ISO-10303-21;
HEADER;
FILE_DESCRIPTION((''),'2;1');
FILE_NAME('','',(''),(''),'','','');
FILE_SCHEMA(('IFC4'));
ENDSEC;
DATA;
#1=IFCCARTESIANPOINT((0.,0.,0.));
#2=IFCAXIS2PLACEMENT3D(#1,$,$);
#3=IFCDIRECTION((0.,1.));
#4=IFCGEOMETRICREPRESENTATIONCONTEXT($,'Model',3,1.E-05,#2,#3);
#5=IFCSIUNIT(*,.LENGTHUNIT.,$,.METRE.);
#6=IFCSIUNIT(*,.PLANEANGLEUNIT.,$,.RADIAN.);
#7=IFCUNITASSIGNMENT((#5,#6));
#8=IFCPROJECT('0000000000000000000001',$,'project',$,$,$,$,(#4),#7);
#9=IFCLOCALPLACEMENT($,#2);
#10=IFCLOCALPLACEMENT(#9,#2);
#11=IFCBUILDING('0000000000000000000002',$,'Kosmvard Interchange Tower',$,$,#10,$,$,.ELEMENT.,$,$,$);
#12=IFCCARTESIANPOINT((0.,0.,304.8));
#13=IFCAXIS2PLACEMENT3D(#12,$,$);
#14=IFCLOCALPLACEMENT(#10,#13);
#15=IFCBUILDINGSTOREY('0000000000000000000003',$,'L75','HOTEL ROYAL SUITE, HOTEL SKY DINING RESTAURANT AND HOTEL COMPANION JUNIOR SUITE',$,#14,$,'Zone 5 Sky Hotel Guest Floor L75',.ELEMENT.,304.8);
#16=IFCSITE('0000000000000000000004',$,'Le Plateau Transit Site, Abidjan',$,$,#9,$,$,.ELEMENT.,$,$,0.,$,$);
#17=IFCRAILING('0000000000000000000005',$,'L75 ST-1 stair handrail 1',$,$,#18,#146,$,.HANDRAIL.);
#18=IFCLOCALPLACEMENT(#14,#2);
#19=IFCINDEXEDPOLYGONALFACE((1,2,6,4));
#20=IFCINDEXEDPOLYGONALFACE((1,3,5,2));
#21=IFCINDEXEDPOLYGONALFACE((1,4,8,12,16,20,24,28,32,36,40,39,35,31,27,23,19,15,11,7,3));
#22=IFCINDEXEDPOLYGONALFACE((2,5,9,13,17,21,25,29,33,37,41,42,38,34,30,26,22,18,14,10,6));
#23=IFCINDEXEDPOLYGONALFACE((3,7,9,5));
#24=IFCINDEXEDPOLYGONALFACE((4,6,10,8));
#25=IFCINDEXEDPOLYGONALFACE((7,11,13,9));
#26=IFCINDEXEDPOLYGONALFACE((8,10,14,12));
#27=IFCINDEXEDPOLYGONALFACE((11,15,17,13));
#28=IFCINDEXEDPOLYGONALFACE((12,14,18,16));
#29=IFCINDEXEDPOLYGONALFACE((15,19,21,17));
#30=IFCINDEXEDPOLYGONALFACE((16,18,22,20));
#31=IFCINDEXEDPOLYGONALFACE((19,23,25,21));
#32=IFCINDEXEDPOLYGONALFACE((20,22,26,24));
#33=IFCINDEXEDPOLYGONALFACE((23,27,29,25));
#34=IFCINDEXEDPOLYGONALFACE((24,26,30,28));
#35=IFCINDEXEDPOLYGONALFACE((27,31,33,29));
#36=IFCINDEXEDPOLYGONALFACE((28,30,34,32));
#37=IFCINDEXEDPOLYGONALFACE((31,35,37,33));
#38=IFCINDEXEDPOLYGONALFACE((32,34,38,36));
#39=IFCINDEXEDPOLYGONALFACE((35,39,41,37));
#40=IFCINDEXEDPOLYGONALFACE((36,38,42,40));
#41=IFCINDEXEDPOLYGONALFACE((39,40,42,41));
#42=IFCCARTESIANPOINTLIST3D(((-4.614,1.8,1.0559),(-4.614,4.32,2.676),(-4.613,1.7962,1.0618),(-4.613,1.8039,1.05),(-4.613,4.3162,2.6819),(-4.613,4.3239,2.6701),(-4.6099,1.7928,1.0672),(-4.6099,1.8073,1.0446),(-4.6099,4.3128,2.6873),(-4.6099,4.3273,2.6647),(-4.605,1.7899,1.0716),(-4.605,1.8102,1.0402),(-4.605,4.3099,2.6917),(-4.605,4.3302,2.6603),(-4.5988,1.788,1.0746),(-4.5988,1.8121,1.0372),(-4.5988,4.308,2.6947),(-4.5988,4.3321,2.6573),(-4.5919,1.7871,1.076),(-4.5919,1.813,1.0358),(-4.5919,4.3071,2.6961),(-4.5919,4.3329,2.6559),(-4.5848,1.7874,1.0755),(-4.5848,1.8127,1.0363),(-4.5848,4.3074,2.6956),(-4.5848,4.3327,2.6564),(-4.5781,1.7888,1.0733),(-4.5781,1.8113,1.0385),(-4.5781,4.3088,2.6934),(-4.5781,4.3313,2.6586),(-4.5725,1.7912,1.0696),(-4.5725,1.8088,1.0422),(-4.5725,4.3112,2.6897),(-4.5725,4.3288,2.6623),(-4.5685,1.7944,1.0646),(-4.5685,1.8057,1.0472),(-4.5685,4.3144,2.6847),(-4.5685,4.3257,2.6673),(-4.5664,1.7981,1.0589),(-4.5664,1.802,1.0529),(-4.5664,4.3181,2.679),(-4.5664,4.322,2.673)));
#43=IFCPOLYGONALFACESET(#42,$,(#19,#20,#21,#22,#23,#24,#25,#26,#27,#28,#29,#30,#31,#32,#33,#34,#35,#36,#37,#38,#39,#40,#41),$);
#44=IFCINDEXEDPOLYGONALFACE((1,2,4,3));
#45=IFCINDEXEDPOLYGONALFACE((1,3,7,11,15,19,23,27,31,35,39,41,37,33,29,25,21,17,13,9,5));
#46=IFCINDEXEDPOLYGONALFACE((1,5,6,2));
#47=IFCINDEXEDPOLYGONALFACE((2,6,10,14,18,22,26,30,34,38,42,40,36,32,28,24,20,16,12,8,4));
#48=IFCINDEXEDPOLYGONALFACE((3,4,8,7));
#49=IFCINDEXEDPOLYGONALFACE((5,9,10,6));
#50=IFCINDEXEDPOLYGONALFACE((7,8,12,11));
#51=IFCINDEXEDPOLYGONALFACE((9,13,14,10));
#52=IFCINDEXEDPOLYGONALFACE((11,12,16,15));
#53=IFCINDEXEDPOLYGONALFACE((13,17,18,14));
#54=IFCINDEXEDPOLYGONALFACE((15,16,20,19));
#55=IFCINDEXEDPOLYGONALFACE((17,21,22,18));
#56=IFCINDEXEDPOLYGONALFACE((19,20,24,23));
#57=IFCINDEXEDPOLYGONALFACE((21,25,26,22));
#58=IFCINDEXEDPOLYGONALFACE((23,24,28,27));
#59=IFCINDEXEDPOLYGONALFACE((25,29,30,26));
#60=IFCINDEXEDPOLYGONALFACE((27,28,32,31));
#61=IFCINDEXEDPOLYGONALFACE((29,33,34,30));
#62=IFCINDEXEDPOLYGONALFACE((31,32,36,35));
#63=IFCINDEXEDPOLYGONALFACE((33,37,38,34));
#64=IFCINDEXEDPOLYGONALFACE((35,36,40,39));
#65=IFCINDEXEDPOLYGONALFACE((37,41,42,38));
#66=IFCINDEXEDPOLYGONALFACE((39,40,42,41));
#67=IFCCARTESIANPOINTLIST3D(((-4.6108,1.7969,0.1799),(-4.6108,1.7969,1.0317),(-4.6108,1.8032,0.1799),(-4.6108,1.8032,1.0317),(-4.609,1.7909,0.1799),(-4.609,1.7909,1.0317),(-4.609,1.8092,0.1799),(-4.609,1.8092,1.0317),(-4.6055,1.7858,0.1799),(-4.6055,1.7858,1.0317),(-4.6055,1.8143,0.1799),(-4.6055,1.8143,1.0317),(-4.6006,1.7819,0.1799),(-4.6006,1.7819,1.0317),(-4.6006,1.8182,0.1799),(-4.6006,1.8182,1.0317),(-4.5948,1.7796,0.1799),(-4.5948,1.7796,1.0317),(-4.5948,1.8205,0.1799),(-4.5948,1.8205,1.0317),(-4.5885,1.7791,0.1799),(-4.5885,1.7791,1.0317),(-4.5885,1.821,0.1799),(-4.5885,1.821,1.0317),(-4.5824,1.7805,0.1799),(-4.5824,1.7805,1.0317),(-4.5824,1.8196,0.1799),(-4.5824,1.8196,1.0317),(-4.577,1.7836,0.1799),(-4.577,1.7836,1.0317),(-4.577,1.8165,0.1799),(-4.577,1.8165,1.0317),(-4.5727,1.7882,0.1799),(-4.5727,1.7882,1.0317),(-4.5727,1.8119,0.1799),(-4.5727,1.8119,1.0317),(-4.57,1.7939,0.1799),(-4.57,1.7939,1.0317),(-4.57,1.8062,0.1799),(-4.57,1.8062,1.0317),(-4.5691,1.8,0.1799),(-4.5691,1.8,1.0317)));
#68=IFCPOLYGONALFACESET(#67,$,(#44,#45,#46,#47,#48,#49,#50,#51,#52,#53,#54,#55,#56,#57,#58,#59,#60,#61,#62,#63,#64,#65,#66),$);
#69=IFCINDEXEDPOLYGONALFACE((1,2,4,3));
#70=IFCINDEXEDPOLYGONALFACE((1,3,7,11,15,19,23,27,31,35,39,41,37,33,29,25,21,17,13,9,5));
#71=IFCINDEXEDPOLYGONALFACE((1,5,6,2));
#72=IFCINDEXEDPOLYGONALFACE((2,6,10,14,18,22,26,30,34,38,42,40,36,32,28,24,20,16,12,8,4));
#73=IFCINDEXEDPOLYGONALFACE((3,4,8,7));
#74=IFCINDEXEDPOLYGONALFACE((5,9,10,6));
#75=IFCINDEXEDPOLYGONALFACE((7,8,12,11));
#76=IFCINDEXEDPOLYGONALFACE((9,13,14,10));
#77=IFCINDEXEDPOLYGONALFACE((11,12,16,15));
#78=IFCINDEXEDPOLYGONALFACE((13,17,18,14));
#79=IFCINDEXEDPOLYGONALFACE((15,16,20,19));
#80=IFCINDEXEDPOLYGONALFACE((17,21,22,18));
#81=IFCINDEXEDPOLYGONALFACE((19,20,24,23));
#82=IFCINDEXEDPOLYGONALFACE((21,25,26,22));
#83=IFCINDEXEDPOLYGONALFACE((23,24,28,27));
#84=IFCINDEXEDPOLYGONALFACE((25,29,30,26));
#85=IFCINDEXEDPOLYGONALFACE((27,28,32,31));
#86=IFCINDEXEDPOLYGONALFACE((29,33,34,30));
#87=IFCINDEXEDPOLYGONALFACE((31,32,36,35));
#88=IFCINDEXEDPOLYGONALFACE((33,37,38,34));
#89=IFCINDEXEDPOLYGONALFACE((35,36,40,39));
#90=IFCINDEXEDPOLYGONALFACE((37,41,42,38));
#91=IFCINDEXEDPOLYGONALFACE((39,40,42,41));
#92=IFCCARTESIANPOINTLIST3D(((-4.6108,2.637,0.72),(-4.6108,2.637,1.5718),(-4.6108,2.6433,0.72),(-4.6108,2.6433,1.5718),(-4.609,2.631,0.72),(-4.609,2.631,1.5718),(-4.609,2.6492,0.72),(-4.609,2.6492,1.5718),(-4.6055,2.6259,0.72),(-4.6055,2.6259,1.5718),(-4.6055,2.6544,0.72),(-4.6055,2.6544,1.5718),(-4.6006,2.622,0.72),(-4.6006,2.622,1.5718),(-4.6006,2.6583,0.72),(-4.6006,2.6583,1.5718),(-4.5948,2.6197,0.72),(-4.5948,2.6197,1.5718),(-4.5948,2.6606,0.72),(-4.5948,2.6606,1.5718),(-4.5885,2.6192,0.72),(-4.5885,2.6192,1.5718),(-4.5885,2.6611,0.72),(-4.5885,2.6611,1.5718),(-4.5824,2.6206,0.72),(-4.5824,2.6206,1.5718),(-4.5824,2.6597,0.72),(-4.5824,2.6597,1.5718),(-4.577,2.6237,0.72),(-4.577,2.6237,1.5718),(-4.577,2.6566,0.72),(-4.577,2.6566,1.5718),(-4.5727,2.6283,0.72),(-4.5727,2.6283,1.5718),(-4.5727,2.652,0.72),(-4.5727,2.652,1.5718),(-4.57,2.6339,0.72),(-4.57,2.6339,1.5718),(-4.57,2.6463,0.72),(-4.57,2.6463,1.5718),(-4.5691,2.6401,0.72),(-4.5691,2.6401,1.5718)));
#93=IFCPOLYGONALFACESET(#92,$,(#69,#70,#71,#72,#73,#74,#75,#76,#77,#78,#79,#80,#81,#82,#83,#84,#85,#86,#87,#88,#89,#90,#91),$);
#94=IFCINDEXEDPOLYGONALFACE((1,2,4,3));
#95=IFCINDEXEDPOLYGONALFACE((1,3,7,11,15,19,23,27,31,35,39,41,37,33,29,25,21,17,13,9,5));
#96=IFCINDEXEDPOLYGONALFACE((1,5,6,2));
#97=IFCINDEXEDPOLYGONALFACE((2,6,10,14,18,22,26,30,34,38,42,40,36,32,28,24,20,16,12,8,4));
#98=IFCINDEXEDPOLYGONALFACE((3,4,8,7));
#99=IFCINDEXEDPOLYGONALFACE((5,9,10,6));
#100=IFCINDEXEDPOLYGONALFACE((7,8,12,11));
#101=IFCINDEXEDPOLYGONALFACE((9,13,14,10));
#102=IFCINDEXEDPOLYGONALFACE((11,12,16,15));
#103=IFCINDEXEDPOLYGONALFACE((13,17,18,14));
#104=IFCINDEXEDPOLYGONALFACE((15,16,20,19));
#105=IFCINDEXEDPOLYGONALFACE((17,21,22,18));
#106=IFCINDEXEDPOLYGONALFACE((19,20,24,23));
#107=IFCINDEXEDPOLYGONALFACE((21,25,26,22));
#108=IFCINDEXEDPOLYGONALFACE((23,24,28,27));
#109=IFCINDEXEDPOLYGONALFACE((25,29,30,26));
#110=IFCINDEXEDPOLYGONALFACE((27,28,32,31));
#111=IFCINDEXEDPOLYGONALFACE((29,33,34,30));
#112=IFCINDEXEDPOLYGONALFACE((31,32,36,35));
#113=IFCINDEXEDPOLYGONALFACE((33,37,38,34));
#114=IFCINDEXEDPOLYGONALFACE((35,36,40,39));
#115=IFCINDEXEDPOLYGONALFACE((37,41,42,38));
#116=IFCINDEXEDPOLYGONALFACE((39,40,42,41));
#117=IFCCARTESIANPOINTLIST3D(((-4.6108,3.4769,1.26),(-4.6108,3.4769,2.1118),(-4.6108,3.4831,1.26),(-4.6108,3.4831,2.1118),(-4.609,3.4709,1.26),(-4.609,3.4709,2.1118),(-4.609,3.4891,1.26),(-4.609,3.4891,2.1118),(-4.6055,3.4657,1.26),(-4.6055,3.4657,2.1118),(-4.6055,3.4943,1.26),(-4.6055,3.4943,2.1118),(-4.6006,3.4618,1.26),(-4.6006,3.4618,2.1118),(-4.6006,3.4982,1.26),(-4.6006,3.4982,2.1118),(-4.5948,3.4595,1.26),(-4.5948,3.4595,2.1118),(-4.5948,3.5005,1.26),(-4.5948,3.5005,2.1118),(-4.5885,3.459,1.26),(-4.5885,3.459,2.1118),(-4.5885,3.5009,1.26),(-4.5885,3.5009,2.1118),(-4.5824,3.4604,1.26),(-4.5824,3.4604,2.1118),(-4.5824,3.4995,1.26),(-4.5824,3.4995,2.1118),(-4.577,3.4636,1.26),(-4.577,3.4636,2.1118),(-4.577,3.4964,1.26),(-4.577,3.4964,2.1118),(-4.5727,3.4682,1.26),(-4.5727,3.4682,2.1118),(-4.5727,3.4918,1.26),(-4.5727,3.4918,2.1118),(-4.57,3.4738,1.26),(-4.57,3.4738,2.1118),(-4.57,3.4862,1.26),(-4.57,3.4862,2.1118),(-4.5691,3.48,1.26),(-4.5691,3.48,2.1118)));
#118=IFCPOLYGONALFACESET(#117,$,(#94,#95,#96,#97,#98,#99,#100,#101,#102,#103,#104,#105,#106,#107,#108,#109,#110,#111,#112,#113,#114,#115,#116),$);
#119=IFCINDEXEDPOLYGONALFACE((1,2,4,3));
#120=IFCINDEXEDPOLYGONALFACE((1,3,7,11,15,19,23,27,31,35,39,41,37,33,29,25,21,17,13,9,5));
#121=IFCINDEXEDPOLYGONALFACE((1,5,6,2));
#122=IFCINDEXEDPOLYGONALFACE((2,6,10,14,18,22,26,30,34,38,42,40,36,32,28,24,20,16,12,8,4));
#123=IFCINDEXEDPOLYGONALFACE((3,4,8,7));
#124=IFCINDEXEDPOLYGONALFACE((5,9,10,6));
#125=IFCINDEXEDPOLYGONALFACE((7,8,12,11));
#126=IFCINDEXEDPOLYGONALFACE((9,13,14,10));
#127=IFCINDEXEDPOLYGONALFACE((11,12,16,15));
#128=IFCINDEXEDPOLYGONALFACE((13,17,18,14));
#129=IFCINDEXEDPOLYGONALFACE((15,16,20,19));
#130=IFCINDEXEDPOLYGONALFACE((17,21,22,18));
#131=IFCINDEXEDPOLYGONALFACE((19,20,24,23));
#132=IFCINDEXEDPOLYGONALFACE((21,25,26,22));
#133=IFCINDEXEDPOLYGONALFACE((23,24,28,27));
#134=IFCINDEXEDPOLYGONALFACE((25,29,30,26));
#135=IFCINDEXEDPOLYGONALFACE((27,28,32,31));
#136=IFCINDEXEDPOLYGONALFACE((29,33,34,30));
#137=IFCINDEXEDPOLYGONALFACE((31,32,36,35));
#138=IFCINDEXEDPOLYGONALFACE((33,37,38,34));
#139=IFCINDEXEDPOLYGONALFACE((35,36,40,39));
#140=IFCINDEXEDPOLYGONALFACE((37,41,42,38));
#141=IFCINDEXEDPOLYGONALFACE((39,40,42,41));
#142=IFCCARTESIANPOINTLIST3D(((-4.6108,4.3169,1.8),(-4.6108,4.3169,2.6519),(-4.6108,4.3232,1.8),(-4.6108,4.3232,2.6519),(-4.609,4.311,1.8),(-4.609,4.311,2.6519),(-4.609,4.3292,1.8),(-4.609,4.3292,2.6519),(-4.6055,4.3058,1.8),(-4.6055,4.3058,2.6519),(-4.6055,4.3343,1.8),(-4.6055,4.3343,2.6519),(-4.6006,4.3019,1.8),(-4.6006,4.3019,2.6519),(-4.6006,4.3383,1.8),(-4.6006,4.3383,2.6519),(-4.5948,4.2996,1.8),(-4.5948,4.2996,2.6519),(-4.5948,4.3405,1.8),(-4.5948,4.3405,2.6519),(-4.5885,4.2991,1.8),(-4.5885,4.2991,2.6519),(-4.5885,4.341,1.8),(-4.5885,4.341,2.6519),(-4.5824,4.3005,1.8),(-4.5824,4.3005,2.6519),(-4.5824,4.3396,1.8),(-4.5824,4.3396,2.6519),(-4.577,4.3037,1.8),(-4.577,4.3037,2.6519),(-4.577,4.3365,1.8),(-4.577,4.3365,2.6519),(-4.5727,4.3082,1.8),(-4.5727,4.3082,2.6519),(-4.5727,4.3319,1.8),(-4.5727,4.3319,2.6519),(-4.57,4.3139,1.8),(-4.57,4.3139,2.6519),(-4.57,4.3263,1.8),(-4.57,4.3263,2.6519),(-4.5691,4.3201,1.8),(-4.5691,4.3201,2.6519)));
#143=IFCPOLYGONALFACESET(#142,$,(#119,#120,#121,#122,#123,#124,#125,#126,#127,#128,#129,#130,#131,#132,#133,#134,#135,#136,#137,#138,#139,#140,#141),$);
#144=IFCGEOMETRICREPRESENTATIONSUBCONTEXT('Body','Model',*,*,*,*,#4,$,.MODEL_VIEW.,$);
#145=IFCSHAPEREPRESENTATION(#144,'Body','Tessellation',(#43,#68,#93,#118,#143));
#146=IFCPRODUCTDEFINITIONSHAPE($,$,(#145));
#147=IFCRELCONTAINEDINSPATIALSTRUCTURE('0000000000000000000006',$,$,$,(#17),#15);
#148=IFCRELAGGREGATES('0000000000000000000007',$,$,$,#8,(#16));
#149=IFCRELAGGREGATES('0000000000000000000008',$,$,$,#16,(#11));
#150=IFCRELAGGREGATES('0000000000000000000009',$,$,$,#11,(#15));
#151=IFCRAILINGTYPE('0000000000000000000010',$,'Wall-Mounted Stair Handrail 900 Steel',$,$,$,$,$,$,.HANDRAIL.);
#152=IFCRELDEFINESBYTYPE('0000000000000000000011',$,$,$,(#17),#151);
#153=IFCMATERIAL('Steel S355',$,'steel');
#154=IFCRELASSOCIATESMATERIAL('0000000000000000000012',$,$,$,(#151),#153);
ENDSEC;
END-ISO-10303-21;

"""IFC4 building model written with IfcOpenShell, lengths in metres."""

from ifc_helpers import new_model, si_unit, direction, frame, origin, origin_2d, place, context, subcontext, project, spatial, circle, extrude, source, transform, mapped, material, type_object, element, save


model = new_model("IFC4")

# Units and contexts
model_context = context("Model", 3, precision=1e-05, world=origin(), true_north=direction((0.0, 1.0)))
body_context = subcontext(model_context, "Body", "Model", "MODEL_VIEW")
ifc_project = project(units=[si_unit("LENGTHUNIT", "METRE"), si_unit("PLANEANGLEUNIT", "RADIAN")], contexts=[model_context])

# Site, building, storey
site_placement = place(None, origin())
site = spatial("IfcSite", under=ifc_project, at=site_placement, Name="Le Plateau Transit Site, Abidjan", CompositionType="ELEMENT", RefElevation=0.0)
building_placement = place(site_placement, origin())
building = spatial("IfcBuilding", under=site, at=building_placement, Name="Kosmvard Interchange Tower", CompositionType="ELEMENT")
storey_placement = place(building_placement, frame((0.0, 0.0, 304.8)))
storey = spatial("IfcBuildingStorey", under=building, at=storey_placement, Name="L75", Description="HOTEL ROYAL SUITE, HOTEL SKY DINING RESTAURANT AND HOTEL COMPANION JUNIOR SUITE", LongName="Zone 5 Sky Hotel Guest Floor L75", CompositionType="ELEMENT", Elevation=304.8)

# Shared definitions
ifc_material_1 = material(Name="Steel S355", Category="steel")

# Railing
railing_type_1 = type_object("IfcRailingType", Name="Wall-Mounted Stair Handrail 900 Steel", PredefinedType="HANDRAIL", material=ifc_material_1)
shared_shape_1 = source(origin(), body_context, "Body", "SweptSolid", [
    extrude(circle(Radius=0.0239, at=origin_2d()), frame((0.0, 0.0, 0.876), z_axis=(0.0, 0.841163, 0.540782), x_axis=(-1.0, 0.0, 0.0)), (0.0, 0.0, 1.0), 2.9958),
    extrude(circle(Radius=0.021, at=origin_2d()), origin(), (0.0, 0.0, 1.0), 0.8518),
    extrude(circle(Radius=0.021, at=origin_2d()), frame((0.0, 0.8401, 0.54)), (0.0, 0.0, 1.0), 0.8518),
    extrude(circle(Radius=0.021, at=origin_2d()), frame((0.0, 1.6799, 1.0801)), (0.0, 0.0, 1.0), 0.8518),
    extrude(circle(Radius=0.021, at=origin_2d()), frame((0.0, 2.52, 1.6201)), (0.0, 0.0, 1.0), 0.8518),
])
railing_1_placement = place(storey_placement, frame((-4.5901, 1.8, 0.1799)))
element("IfcRailing", 1, at=railing_1_placement, inside=storey, type_object=railing_type_1, Name="L75 ST-1 stair handrail 1", PredefinedType="HANDRAIL", context=body_context, shape_type="MappedRepresentation", body=[
    mapped(shared_shape_1, transform((0.0, 0.0, 0.0), scale=1.0)),
])

save(model, "model.ifc")
